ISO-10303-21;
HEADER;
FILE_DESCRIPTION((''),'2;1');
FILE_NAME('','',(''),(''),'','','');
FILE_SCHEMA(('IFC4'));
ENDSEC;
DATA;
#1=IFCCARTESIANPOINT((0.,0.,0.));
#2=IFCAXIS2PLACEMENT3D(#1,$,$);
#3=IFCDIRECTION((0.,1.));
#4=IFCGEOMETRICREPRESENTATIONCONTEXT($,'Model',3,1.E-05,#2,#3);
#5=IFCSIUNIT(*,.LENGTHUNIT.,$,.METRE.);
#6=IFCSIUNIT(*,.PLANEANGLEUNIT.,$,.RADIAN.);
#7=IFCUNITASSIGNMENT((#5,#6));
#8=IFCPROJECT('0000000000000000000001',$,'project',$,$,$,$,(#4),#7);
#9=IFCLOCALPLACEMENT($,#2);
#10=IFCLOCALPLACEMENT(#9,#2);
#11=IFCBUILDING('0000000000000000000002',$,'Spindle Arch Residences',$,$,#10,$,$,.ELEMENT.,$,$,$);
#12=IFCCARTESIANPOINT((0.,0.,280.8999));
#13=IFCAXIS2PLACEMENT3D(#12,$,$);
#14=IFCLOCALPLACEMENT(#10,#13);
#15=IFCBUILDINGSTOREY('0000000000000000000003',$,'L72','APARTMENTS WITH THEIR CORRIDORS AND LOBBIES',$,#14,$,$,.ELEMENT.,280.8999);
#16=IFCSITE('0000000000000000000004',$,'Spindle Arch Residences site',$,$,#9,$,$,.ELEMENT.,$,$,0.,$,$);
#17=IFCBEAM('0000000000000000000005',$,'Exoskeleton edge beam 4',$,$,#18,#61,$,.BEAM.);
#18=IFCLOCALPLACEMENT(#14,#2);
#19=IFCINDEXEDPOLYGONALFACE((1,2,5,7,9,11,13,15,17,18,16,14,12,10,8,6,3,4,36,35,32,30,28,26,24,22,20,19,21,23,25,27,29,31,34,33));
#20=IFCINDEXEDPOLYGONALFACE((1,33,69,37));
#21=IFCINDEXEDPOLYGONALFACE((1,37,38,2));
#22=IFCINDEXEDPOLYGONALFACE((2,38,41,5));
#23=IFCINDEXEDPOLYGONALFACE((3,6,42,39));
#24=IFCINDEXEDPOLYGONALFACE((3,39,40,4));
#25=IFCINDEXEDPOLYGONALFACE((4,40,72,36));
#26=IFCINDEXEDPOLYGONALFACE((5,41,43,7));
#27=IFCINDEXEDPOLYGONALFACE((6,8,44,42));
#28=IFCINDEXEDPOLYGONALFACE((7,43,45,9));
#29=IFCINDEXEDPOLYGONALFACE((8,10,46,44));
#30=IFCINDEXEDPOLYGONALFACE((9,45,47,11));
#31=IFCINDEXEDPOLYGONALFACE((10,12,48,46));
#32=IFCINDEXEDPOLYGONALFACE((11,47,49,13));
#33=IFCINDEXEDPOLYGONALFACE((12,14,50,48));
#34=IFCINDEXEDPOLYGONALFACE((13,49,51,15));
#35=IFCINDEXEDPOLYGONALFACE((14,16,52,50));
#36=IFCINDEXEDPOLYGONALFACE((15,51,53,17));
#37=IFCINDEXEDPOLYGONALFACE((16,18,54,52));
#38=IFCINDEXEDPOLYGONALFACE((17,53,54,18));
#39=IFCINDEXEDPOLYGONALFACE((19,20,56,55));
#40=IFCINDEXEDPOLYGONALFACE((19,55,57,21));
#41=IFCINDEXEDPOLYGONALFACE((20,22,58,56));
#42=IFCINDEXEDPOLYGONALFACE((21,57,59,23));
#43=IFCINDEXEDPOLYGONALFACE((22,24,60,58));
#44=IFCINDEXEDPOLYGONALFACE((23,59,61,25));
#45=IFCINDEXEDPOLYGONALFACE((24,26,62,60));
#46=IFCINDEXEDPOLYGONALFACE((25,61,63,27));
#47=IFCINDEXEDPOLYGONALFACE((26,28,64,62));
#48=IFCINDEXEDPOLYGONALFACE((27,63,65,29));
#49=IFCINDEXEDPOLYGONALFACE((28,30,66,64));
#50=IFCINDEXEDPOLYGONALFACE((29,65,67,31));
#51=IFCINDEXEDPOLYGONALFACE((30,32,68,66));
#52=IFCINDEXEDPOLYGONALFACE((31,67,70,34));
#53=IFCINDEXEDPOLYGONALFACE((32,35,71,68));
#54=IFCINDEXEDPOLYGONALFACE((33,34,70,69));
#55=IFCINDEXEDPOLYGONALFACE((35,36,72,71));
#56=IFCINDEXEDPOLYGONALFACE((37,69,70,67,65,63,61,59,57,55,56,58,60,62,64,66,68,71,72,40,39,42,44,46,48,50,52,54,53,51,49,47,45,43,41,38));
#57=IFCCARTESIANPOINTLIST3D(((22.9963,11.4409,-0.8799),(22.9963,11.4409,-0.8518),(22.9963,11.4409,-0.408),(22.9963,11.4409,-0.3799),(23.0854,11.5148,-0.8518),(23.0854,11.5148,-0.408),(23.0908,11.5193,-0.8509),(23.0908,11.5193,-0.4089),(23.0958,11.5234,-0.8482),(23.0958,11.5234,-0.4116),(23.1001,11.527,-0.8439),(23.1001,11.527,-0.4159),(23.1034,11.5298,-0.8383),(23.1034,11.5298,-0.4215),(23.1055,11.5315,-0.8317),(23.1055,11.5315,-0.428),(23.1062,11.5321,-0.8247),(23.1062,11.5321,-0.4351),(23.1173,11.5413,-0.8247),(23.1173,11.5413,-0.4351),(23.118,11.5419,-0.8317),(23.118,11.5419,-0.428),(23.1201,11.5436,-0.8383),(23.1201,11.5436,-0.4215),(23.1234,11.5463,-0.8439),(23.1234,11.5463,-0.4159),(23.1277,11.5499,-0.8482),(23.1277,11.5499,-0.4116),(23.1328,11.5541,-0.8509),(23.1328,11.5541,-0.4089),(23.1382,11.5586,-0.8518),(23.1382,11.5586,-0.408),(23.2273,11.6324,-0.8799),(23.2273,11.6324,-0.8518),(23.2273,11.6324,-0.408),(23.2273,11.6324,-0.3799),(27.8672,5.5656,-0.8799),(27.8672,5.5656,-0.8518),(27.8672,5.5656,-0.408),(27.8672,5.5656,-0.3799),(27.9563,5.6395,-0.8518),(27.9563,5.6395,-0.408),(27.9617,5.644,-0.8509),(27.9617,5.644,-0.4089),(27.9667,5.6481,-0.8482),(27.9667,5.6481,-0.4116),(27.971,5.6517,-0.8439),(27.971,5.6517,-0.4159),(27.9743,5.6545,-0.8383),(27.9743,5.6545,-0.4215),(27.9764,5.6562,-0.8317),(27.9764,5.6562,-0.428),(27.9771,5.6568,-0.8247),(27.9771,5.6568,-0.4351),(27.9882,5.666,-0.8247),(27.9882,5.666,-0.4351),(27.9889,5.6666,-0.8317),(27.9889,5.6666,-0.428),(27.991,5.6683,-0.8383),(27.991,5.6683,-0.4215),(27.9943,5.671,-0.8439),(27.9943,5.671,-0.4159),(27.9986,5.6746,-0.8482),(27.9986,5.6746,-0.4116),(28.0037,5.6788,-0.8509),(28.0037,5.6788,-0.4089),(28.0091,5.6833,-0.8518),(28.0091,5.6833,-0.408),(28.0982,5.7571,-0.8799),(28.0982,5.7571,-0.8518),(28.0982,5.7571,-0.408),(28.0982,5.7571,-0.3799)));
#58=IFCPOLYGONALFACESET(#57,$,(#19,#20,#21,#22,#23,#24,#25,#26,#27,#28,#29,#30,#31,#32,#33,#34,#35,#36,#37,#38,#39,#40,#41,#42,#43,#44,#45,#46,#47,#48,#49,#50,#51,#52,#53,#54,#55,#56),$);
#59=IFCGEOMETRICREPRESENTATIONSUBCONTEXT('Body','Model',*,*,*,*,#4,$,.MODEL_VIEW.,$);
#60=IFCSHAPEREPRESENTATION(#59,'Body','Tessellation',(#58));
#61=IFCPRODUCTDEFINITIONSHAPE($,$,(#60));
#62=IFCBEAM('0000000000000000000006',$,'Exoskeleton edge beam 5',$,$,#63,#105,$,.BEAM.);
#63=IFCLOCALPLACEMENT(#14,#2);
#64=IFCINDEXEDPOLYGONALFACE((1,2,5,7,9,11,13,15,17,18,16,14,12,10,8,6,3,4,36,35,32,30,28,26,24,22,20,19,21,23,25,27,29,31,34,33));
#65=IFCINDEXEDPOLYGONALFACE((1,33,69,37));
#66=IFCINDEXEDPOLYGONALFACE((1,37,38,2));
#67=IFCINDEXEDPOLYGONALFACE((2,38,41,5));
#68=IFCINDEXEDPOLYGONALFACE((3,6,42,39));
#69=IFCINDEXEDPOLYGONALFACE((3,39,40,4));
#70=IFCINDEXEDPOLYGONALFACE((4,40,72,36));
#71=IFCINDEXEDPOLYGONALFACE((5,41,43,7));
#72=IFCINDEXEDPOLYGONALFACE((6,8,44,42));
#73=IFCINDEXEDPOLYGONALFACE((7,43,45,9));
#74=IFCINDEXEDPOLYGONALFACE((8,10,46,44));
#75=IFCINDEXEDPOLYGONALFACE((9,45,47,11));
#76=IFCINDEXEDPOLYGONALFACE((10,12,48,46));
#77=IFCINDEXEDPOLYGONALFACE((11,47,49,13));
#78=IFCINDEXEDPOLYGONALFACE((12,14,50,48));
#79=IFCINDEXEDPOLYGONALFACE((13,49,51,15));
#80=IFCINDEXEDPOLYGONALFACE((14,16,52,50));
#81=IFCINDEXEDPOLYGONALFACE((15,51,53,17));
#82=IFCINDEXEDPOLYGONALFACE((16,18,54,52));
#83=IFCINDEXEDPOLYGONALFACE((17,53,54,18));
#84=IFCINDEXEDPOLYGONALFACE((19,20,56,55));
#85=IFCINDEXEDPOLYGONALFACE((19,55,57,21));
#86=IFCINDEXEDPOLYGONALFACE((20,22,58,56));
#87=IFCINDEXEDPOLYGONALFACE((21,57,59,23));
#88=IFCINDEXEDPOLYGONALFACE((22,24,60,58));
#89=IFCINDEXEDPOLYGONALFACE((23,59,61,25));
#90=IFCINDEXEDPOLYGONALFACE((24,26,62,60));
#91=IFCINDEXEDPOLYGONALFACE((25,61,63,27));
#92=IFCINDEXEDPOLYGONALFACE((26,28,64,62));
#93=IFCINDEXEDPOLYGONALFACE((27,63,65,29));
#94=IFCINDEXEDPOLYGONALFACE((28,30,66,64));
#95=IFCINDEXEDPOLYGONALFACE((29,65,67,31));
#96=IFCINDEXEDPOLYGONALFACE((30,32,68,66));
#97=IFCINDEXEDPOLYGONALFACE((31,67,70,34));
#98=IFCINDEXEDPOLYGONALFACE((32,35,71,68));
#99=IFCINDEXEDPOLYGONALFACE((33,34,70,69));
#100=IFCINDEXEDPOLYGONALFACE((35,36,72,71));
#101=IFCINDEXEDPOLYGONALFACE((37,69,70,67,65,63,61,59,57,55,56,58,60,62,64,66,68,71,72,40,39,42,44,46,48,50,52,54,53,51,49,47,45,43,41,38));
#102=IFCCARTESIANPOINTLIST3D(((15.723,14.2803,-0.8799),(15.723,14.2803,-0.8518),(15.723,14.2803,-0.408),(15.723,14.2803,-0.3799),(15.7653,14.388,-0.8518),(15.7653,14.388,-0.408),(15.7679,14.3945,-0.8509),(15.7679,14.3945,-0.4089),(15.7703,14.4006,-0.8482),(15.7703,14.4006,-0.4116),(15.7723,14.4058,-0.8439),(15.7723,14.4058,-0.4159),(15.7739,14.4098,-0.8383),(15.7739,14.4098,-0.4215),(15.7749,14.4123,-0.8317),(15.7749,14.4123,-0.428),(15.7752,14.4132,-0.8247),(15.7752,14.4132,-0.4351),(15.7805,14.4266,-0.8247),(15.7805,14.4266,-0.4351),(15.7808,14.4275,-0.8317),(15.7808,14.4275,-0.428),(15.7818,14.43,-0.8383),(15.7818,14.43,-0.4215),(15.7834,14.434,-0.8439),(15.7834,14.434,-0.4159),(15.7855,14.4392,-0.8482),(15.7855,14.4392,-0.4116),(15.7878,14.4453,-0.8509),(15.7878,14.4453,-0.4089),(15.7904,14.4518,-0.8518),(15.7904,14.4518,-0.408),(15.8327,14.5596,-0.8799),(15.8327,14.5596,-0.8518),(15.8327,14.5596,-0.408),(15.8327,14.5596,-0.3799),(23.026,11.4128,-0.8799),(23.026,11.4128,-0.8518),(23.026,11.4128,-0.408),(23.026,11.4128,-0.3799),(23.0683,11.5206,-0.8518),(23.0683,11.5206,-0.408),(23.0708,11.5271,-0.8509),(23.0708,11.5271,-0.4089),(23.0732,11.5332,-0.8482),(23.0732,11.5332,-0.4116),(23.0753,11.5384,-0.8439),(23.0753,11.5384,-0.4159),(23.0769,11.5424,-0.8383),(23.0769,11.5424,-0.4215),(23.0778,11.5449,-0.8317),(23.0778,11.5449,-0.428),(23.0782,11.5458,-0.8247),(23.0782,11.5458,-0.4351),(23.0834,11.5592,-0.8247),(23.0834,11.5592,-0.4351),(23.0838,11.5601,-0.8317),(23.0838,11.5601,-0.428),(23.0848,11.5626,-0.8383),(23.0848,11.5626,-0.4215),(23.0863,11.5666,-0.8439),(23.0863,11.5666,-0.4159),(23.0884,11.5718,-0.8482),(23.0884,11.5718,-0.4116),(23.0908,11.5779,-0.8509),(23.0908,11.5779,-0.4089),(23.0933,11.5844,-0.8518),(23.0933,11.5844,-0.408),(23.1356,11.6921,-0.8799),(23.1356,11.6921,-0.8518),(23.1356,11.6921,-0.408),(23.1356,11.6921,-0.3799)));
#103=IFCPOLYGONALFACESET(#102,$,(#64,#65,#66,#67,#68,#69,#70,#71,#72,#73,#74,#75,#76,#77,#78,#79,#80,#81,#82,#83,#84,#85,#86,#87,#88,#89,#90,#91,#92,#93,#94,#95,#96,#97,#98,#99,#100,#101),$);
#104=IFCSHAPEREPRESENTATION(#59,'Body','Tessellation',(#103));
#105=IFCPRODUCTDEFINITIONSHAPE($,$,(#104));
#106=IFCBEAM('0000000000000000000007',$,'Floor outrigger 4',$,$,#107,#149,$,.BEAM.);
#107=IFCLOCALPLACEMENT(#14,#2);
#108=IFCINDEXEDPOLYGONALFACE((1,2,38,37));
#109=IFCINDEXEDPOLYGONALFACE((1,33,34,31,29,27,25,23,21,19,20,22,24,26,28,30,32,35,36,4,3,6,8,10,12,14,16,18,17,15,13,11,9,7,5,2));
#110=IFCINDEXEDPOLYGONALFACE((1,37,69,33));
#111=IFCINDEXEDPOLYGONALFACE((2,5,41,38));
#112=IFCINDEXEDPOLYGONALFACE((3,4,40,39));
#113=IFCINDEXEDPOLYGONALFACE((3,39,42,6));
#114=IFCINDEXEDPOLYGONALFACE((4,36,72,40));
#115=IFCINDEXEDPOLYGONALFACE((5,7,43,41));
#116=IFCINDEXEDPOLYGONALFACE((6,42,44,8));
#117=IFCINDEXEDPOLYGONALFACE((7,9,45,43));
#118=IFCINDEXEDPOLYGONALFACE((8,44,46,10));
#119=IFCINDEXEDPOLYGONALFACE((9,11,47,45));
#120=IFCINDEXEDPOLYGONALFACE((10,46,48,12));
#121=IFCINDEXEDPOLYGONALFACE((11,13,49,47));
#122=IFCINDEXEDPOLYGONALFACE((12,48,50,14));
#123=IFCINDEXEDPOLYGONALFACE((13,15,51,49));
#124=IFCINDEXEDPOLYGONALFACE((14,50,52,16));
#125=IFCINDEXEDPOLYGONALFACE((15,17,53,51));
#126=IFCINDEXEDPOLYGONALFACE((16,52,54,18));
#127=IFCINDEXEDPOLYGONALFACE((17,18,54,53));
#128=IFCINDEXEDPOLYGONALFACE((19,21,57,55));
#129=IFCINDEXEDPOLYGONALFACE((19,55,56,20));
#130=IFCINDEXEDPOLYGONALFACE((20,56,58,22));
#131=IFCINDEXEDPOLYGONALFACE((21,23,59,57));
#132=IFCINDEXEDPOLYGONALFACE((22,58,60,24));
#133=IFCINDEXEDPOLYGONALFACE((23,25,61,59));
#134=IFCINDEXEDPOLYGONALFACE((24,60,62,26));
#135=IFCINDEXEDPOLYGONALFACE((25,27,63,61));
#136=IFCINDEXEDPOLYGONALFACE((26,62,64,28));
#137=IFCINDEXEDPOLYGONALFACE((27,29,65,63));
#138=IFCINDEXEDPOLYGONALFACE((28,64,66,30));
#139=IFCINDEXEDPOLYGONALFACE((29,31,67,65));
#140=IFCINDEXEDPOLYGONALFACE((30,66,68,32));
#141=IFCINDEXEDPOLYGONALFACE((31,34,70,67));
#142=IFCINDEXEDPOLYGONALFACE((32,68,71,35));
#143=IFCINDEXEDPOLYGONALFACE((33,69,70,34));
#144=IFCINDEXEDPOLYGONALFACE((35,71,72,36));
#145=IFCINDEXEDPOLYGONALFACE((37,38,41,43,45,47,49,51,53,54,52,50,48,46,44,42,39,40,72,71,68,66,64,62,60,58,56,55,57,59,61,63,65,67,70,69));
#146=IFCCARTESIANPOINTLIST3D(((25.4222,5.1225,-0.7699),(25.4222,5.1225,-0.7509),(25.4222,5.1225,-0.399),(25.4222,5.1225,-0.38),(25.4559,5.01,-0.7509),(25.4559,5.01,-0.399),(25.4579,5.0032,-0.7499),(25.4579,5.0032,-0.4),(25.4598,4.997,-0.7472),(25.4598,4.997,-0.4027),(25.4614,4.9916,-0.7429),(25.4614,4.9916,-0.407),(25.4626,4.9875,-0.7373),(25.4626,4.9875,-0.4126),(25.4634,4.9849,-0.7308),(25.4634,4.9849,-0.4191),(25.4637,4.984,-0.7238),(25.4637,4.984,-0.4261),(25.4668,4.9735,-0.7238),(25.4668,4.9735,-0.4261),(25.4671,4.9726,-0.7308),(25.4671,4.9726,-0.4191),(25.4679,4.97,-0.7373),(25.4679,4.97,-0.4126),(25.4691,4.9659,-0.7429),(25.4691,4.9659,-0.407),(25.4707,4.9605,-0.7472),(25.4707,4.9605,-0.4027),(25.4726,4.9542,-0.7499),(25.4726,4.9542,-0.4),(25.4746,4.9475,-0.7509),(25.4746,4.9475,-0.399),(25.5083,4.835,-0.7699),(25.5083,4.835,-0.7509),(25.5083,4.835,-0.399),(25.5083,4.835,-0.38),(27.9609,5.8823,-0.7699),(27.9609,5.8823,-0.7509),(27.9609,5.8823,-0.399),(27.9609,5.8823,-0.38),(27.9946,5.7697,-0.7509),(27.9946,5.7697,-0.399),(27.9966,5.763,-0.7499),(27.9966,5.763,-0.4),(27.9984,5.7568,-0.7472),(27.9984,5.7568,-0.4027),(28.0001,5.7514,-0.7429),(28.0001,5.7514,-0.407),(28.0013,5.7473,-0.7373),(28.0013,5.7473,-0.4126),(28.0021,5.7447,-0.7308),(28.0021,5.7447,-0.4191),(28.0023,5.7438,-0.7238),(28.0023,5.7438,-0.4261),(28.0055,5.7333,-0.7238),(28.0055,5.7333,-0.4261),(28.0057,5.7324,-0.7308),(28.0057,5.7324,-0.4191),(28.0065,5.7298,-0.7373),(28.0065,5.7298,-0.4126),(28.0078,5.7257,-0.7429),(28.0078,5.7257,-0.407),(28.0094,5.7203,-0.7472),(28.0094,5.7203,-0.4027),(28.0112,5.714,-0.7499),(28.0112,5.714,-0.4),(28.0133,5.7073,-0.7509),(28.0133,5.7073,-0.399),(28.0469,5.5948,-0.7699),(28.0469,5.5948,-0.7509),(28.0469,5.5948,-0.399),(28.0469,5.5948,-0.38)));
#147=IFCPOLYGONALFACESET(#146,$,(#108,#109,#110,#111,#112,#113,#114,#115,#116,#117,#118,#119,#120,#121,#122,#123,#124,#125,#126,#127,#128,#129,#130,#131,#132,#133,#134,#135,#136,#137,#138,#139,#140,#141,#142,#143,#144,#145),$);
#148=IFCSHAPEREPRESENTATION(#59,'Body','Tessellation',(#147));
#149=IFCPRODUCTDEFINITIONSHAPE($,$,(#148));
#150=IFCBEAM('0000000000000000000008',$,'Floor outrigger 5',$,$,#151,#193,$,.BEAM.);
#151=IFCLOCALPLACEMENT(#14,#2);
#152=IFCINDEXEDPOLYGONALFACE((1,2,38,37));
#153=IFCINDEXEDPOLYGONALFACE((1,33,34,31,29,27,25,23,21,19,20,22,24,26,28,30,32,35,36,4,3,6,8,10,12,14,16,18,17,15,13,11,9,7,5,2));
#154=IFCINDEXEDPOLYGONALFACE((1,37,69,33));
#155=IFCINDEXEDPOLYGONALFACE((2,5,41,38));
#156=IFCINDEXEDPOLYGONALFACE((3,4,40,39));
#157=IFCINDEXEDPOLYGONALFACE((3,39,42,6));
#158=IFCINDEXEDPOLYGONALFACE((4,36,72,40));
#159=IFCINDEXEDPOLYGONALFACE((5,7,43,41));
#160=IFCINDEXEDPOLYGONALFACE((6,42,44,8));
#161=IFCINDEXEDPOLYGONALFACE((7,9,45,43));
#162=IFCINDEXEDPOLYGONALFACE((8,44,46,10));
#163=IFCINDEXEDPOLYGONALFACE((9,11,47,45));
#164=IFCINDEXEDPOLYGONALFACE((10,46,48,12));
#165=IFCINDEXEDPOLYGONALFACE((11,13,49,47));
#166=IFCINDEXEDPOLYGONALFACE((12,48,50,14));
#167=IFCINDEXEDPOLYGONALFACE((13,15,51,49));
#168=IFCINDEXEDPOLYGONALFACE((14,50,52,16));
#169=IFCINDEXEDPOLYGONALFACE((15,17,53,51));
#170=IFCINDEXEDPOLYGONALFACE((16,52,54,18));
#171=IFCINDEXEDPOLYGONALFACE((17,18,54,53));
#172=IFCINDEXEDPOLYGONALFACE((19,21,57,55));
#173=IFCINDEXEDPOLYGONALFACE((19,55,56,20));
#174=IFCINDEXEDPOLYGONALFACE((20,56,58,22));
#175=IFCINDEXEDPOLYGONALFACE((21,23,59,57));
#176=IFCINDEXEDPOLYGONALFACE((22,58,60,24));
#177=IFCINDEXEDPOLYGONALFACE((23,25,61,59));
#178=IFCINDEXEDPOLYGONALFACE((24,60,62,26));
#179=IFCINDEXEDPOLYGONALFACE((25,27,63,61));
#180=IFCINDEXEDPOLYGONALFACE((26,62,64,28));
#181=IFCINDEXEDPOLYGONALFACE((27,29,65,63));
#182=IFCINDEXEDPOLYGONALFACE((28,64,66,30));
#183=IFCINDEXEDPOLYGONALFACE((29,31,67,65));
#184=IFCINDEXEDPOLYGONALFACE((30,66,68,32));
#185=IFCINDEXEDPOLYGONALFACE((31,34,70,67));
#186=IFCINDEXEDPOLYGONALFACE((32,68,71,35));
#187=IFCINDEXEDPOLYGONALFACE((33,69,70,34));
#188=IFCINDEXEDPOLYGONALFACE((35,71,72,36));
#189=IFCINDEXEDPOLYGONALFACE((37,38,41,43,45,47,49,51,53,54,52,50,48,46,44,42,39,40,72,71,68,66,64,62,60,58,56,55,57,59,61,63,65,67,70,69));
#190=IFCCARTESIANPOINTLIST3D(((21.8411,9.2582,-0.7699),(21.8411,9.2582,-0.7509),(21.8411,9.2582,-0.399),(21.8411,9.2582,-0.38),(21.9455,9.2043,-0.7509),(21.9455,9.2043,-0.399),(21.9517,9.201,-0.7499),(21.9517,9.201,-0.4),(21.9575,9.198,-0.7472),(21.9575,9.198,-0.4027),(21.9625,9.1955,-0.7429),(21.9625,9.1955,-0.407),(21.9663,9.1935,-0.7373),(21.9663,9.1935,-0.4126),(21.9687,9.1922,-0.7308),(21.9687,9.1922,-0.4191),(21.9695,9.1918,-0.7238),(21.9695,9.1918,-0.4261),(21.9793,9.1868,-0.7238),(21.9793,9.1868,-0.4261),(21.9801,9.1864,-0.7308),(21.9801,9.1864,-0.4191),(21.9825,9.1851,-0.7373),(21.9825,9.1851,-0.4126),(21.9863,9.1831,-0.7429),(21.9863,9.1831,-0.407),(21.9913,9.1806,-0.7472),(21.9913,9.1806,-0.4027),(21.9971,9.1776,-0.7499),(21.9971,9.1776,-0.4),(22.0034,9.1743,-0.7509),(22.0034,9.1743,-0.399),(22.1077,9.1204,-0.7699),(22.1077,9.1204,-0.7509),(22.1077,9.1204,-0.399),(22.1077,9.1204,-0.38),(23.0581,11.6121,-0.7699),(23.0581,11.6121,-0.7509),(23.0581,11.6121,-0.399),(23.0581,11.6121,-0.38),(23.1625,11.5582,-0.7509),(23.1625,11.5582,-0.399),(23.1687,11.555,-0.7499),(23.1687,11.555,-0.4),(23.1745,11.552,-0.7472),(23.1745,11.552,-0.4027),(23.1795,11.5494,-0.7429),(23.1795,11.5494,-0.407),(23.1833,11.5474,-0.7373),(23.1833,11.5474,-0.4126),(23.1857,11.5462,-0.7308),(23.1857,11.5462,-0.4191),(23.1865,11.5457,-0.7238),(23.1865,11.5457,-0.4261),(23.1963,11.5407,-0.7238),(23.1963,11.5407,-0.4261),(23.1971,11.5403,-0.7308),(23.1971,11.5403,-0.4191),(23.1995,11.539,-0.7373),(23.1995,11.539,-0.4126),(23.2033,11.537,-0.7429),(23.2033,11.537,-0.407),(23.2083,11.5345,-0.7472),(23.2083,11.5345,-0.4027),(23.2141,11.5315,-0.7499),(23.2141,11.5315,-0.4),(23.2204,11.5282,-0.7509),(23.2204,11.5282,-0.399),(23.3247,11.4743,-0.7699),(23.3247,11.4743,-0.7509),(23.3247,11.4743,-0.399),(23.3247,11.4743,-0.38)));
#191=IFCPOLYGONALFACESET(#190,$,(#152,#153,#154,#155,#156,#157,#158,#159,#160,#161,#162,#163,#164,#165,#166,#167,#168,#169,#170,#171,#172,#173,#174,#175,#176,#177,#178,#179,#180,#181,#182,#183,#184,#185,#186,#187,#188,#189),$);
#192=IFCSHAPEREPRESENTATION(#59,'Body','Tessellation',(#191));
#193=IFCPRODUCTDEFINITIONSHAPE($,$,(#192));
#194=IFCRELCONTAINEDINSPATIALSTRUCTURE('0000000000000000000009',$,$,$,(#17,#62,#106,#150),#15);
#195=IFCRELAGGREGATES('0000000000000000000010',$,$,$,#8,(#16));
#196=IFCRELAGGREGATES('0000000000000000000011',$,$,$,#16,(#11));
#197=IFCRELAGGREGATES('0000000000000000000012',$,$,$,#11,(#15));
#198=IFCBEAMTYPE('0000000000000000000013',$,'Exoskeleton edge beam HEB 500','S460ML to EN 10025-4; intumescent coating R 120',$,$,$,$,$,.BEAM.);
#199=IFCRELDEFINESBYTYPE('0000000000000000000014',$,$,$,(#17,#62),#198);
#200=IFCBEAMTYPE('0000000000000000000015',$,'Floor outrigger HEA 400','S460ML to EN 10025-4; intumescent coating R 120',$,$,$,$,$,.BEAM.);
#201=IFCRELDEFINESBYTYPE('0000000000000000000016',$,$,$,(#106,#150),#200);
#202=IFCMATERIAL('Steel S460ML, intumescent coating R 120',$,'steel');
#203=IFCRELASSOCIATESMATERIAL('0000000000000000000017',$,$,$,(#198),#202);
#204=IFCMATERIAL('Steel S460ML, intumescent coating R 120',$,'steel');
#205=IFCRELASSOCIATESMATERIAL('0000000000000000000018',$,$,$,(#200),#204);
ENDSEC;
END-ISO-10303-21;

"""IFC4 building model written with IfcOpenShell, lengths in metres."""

from ifc_helpers import new_model, si_unit, direction, frame, origin, origin_2d, place, context, subcontext, project, spatial, i_section, extrude, material, material_profile, profile_set, type_object, element, save


model = new_model("IFC4")

# Units and contexts
model_context = context("Model", 3, precision=1e-05, world=origin(), true_north=direction((0.0, 1.0)))
body_context = subcontext(model_context, "Body", "Model", "MODEL_VIEW")
ifc_project = project(units=[si_unit("LENGTHUNIT", "METRE"), si_unit("PLANEANGLEUNIT", "RADIAN")], contexts=[model_context])

# Site, building, storey
site_placement = place(None, origin())
site = spatial("IfcSite", under=ifc_project, at=site_placement, Name="Spindle Arch Residences site", CompositionType="ELEMENT", RefElevation=0.0)
building_placement = place(site_placement, origin())
building = spatial("IfcBuilding", under=site, at=building_placement, Name="Spindle Arch Residences", CompositionType="ELEMENT")
storey_placement = place(building_placement, frame((0.0, 0.0, 280.8999)))
storey = spatial("IfcBuildingStorey", under=building, at=storey_placement, Name="L72", Description="APARTMENTS WITH THEIR CORRIDORS AND LOBBIES", CompositionType="ELEMENT", Elevation=280.8999)

# Beams
ifc_material_1 = material(Name="Steel S460ML, intumescent coating R 120", Category="steel")
ifc_material_profile_1 = material_profile(ifc_material_1, i_section(OverallWidth=0.3, OverallDepth=0.5, WebThickness=0.0144, FlangeThickness=0.0281, FilletRadius=0.0271, at=origin_2d()), Name="HEB 500")
ifc_profile_set_1 = profile_set([ifc_material_profile_1], Name="Steel S460ML, intumescent coating R 120")
beam_type_1 = type_object("IfcBeamType", Name="Exoskeleton edge beam HEB 500", Description="S460ML to EN 10025-4; intumescent coating R 120", PredefinedType="BEAM", material=ifc_profile_set_1)
beam_1_placement = place(storey_placement, frame((27.9827, 5.6614, -0.6299), z_axis=(-0.638235, 0.769842, 0.0), x_axis=(-0.769842, -0.638235, 0.0)))
element("IfcBeam", 1, at=beam_1_placement, inside=storey, type_object=beam_type_1, Name="Exoskeleton edge beam 4", PredefinedType="BEAM", context=body_context, shape_type="SweptSolid", body=[
    extrude(i_section(OverallWidth=0.3, OverallDepth=0.5, WebThickness=0.0144, FlangeThickness=0.0281, FilletRadius=0.0271, at=origin_2d()), origin(), (0.0, 0.0, 1.0), 7.6318),
])
beam_2_placement = place(storey_placement, frame((23.0808, 11.5525, -0.6299), z_axis=(-0.930821, 0.365476, 0.0), x_axis=(-0.365476, -0.930821, 0.0)))
element("IfcBeam", 2, at=beam_2_placement, inside=storey, type_object=beam_type_1, Name="Exoskeleton edge beam 5", PredefinedType="BEAM", context=body_context, shape_type="SweptSolid", body=[
    extrude(i_section(OverallWidth=0.3, OverallDepth=0.5, WebThickness=0.0144, FlangeThickness=0.0281, FilletRadius=0.0271, at=origin_2d()), origin(), (0.0, 0.0, 1.0), 7.8457),
])
ifc_material_2 = material(Name="Steel S460ML, intumescent coating R 120", Category="steel")
ifc_material_profile_2 = material_profile(ifc_material_2, i_section(OverallWidth=0.3, OverallDepth=0.3899, WebThickness=0.011, FlangeThickness=0.019, FilletRadius=0.0271, at=origin_2d()), Name="HEA 400")
ifc_profile_set_2 = profile_set([ifc_material_profile_2], Name="Steel S460ML, intumescent coating R 120")
beam_type_2 = type_object("IfcBeamType", Name="Floor outrigger HEA 400", Description="S460ML to EN 10025-4; intumescent coating R 120", PredefinedType="BEAM", material=ifc_profile_set_2)
for number, where, z_axis, x_axis, name in (
    (3, (28.0039, 5.7385, -0.575), (-0.958014, -0.286722, 0.0), (0.286722, -0.958014, 0.0), "Floor outrigger 4"),
    (4, (23.1914, 11.5432, -0.575), (-0.45926, -0.888302, 0.0), (0.888302, -0.45926, 0.0), "Floor outrigger 5"),
):
    element("IfcBeam", number, at=place(storey_placement, frame(where, z_axis=z_axis, x_axis=x_axis)), inside=storey, type_object=beam_type_2, Name=name, PredefinedType="BEAM", context=body_context, shape_type="SweptSolid", body=[
        extrude(i_section(OverallWidth=0.3, OverallDepth=0.3899, WebThickness=0.011, FlangeThickness=0.019, FilletRadius=0.0271, at=origin_2d()), origin(), (0.0, 0.0, 1.0), 2.6499),
    ])

save(model, "model.ifc")
